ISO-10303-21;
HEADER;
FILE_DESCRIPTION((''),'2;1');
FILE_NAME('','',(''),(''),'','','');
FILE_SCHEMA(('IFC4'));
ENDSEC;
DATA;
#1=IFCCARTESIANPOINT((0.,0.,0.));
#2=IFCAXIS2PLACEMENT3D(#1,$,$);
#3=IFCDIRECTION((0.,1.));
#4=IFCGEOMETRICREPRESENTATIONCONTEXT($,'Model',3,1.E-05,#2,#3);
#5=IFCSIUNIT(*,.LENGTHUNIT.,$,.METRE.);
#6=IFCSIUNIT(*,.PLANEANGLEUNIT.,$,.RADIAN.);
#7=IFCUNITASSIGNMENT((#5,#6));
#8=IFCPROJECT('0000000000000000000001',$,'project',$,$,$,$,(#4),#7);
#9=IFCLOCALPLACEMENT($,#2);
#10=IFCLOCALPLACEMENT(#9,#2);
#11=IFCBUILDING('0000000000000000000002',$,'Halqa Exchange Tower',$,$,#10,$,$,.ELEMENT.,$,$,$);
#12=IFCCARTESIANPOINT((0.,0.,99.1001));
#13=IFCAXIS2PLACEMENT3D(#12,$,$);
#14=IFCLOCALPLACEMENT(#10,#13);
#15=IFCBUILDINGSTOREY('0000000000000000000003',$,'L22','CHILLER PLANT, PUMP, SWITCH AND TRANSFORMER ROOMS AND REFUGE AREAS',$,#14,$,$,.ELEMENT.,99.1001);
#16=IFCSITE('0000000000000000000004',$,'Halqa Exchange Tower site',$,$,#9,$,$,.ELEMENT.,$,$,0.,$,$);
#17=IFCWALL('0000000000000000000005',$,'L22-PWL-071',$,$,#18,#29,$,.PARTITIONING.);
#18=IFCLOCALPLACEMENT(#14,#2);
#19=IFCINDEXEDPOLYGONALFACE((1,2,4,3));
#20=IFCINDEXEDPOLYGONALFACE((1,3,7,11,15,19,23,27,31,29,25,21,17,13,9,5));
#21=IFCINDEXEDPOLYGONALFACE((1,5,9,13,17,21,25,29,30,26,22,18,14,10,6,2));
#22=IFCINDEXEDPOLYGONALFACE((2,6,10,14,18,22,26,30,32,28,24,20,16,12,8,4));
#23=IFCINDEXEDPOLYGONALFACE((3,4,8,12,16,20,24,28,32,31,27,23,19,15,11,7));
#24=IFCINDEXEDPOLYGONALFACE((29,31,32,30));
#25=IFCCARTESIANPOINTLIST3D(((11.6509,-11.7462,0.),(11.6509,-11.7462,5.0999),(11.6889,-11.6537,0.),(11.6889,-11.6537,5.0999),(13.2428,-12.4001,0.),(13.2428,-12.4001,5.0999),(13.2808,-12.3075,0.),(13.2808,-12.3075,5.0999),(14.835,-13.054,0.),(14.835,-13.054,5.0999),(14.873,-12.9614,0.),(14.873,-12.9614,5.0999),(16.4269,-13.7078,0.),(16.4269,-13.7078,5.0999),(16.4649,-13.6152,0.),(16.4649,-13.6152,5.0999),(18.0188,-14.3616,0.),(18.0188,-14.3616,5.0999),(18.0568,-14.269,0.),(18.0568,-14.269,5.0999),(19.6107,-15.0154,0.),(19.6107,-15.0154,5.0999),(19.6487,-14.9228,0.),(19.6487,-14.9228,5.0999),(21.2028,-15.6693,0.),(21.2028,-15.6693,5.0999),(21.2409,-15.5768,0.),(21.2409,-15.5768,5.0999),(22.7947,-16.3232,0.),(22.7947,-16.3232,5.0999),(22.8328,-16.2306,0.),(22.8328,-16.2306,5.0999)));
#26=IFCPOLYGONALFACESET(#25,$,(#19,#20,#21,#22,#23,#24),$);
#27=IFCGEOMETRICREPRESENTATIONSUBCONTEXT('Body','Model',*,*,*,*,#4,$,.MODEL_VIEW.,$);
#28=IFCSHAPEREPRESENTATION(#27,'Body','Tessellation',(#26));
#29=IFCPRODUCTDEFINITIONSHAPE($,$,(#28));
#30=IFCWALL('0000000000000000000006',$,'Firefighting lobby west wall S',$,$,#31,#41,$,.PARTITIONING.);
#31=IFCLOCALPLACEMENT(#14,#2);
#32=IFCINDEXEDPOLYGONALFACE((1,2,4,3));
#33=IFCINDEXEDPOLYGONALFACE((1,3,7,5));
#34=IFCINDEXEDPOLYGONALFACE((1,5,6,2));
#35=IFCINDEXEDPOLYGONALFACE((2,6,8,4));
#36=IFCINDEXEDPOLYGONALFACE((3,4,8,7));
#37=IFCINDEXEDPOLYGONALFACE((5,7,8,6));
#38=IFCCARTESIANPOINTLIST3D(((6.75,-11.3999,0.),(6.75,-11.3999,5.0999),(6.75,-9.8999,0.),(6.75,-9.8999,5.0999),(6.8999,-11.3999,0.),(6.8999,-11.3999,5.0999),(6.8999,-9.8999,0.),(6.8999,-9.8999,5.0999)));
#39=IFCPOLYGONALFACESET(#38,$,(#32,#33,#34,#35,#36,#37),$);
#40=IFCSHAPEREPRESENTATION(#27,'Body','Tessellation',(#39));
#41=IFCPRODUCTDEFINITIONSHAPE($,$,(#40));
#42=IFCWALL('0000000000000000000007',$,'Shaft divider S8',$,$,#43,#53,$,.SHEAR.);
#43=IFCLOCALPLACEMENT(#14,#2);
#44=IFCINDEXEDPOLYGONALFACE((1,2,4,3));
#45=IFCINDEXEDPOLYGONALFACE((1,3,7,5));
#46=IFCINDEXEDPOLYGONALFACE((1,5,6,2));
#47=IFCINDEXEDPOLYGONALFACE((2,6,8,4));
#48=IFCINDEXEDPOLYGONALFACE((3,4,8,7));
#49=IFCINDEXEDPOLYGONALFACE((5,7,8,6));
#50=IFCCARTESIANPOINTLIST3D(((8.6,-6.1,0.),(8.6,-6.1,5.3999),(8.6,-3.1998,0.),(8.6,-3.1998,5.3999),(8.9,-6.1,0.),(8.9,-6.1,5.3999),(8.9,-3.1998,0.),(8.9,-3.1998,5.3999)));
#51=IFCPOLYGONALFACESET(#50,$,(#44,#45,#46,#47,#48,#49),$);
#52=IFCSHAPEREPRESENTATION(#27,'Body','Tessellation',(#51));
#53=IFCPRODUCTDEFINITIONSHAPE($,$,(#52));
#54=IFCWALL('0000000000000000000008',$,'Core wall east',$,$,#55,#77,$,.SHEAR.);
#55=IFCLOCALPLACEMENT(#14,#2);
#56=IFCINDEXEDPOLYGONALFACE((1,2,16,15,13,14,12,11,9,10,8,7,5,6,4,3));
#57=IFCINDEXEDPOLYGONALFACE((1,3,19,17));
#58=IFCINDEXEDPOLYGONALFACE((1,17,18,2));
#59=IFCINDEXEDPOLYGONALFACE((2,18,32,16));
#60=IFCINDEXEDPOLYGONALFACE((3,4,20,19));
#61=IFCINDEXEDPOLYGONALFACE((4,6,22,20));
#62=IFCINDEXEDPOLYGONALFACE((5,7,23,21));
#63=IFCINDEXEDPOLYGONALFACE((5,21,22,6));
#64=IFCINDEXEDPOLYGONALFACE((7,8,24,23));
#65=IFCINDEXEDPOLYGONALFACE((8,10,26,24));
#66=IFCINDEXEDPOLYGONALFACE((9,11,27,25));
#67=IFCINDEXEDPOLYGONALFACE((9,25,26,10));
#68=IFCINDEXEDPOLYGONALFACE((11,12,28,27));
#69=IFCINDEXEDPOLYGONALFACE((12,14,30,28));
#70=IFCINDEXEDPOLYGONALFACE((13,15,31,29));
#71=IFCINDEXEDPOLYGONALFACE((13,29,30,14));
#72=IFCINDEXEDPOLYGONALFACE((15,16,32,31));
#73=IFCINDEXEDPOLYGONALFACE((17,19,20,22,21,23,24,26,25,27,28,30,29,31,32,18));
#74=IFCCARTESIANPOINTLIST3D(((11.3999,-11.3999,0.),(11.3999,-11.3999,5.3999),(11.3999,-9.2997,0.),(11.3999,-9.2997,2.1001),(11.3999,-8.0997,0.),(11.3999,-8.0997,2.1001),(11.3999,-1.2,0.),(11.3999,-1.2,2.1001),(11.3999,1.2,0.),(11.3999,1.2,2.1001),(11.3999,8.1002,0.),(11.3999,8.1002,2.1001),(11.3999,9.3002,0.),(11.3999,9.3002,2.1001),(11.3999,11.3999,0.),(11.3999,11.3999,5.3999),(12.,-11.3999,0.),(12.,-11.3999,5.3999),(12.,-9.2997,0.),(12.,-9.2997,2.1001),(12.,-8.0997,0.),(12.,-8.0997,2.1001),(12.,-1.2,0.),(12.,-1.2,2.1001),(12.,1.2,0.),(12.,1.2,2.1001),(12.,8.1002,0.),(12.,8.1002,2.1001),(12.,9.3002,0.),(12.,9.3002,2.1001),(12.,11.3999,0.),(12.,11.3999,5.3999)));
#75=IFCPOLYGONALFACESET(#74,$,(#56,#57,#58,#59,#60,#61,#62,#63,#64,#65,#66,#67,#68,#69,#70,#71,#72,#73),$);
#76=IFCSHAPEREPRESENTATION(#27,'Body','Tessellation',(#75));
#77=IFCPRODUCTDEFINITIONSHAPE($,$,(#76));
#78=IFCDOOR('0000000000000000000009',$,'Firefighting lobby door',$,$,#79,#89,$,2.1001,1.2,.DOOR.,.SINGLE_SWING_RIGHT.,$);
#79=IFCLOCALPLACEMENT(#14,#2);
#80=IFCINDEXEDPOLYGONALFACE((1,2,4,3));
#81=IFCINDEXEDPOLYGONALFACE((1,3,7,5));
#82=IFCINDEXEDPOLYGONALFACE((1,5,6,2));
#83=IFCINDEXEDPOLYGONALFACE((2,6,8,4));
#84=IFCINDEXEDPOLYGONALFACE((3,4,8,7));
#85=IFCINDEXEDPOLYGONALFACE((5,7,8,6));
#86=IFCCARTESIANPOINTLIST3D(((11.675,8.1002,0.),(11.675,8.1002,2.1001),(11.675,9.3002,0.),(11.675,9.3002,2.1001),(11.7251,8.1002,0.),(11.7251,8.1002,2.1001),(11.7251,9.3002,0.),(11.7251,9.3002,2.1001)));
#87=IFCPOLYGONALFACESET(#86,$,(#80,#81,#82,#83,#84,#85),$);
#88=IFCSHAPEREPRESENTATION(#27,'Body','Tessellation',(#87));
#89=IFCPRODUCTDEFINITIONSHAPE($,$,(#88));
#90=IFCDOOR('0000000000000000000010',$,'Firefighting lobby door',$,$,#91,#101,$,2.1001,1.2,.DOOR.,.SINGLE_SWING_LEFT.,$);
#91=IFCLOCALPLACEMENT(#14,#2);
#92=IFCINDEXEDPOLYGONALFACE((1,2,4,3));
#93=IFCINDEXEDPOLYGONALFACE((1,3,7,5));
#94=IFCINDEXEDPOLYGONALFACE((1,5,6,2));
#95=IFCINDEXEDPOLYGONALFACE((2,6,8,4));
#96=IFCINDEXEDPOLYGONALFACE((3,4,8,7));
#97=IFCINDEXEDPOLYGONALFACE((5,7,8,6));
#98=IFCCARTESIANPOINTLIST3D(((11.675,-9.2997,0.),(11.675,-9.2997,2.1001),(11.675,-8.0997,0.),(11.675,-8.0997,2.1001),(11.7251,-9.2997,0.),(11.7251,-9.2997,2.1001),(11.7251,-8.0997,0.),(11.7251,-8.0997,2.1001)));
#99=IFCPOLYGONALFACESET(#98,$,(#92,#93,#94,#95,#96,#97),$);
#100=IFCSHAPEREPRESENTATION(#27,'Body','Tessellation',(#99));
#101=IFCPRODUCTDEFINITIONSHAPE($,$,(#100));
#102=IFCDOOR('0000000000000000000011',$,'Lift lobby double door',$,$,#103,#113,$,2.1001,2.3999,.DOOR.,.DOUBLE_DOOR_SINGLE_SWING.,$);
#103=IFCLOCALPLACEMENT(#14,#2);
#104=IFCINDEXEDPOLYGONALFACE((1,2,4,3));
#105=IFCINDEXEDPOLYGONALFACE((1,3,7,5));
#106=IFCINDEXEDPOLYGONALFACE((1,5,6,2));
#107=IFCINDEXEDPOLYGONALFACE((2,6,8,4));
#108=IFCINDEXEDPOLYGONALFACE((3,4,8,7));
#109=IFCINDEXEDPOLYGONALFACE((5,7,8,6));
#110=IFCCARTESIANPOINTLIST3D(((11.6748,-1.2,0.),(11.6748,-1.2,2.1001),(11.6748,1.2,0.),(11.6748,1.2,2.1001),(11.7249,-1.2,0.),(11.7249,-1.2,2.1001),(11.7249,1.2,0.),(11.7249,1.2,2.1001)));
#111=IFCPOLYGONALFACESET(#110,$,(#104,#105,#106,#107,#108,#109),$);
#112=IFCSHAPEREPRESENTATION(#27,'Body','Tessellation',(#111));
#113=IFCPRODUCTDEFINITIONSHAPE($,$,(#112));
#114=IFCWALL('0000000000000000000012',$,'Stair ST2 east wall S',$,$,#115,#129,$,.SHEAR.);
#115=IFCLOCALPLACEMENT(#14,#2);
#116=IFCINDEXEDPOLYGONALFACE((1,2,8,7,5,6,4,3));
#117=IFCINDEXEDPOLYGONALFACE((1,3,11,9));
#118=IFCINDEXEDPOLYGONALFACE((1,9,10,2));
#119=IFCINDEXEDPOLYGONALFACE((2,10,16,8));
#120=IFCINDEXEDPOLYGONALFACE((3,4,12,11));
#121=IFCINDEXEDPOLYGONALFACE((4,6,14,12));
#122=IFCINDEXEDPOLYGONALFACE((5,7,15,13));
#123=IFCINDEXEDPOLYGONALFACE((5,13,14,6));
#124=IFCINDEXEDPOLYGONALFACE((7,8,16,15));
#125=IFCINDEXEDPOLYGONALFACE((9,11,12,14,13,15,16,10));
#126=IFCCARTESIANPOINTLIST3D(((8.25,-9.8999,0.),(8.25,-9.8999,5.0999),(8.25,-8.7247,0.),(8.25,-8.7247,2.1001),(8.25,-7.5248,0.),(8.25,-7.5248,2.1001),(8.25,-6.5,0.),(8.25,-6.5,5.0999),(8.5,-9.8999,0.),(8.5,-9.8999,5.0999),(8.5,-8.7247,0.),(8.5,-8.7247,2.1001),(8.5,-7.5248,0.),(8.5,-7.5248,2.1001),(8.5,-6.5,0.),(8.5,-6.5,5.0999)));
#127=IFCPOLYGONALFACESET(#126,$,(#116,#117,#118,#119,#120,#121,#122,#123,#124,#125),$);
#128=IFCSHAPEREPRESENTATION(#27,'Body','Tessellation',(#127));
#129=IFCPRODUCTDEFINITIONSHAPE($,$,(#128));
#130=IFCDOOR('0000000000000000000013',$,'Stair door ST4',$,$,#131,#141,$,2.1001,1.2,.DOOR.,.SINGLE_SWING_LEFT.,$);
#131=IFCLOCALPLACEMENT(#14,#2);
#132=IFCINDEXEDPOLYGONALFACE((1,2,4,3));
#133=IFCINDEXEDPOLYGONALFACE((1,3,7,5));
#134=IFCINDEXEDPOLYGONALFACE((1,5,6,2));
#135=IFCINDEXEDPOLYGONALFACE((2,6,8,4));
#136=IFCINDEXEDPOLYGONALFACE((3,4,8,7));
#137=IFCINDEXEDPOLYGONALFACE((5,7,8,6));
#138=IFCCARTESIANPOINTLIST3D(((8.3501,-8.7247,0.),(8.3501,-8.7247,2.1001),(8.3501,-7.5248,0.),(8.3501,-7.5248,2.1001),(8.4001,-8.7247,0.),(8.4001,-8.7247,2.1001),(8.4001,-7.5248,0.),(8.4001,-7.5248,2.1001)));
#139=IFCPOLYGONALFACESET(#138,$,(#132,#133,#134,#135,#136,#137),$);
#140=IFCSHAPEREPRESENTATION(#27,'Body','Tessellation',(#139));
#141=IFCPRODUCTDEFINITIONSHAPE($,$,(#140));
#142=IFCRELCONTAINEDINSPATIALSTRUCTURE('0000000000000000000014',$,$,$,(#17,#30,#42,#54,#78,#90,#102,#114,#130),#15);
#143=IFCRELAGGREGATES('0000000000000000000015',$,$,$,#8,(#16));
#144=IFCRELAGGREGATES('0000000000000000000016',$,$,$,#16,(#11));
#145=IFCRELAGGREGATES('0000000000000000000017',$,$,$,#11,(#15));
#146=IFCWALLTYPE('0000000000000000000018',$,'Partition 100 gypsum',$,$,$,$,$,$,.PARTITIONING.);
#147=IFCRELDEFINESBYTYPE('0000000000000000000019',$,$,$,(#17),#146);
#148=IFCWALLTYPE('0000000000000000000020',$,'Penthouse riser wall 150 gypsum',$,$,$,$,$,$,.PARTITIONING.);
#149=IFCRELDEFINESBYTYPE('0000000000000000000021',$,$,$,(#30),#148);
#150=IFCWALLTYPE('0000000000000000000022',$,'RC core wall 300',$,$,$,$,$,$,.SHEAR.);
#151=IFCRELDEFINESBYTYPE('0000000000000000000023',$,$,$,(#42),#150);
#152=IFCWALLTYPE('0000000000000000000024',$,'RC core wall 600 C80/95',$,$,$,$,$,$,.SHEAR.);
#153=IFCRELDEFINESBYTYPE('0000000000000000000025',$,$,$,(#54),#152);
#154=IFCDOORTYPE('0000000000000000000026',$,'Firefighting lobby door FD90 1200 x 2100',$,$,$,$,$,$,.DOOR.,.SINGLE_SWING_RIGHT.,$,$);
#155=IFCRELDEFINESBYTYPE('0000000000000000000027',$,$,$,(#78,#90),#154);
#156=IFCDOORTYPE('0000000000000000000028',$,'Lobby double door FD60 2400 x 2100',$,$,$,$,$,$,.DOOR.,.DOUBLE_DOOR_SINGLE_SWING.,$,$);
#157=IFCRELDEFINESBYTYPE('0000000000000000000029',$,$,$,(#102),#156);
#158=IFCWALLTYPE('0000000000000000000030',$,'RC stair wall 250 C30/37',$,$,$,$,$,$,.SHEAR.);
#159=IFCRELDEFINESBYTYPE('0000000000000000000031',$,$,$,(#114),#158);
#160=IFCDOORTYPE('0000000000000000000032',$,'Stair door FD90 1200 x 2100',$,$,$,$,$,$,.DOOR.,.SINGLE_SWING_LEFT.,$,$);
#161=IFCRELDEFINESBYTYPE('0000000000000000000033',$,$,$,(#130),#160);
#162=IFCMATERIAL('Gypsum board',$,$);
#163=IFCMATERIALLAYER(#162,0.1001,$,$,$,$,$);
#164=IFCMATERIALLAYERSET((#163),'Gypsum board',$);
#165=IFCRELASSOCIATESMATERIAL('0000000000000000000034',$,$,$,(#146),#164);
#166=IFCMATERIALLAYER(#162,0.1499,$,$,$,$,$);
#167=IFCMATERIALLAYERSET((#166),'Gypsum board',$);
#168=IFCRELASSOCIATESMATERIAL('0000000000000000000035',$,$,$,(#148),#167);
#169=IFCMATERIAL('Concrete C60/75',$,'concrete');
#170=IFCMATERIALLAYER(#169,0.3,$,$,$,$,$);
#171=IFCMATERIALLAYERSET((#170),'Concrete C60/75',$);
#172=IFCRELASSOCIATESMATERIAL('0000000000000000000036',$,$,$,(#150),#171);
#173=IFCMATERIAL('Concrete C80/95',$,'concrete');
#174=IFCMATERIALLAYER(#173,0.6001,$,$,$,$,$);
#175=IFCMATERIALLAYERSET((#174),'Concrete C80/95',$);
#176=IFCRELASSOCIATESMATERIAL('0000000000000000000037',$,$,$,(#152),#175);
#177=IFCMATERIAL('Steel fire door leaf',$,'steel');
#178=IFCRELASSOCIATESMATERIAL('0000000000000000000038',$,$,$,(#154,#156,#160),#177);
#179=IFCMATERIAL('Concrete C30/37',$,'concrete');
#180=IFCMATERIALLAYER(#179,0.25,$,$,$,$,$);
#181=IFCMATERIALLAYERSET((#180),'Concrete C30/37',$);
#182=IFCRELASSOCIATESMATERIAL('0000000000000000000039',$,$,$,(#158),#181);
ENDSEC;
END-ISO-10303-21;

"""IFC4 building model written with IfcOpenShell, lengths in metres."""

from ifc_helpers import new_model, si_unit, direction, frame, frame_2d, origin, place, context, subcontext, project, spatial, polyline, rectangle, outline, extrude, material, layer, layer_set, type_object, element, fill, save


model = new_model("IFC4")

# Units and contexts
model_context = context("Model", 3, precision=1e-05, world=origin(), true_north=direction((0.0, 1.0)))
body_context = subcontext(model_context, "Body", "Model", "MODEL_VIEW")
ifc_project = project(units=[si_unit("LENGTHUNIT", "METRE"), si_unit("PLANEANGLEUNIT", "RADIAN")], contexts=[model_context])

# Site, building, storey
site_placement = place(None, origin())
site = spatial("IfcSite", under=ifc_project, at=site_placement, Name="Halqa Exchange Tower site", CompositionType="ELEMENT", RefElevation=0.0)
building_placement = place(site_placement, origin())
building = spatial("IfcBuilding", under=site, at=building_placement, Name="Halqa Exchange Tower", CompositionType="ELEMENT")
storey_placement = place(building_placement, frame((0.0, 0.0, 99.1001)))
storey = spatial("IfcBuildingStorey", under=building, at=storey_placement, Name="L22", Description="CHILLER PLANT, PUMP, SWITCH AND TRANSFORMER ROOMS AND REFUGE AREAS", CompositionType="ELEMENT", Elevation=99.1001)

# Shared definitions
ifc_material_1 = material(Name="Steel fire door leaf", Category="steel")

# Walls
ifc_material_2 = material(Name="Gypsum board")
ifc_layer_1 = layer(ifc_material_2, 0.1001)
ifc_layer_set_1 = layer_set([ifc_layer_1], Name="Gypsum board")
wall_type_1 = type_object("IfcWallType", Name="Partition 100 gypsum", PredefinedType="PARTITIONING", material=ifc_layer_set_1)
wall_1_placement = place(storey_placement, frame((11.6699, -11.7, 0.0), z_axis=(0.0, 0.0, 1.0), x_axis=(0.92502, -0.379918, 0.0)))
element("IfcWall", 1, at=wall_1_placement, inside=storey, type_object=wall_type_1, Name="L22-PWL-071", PredefinedType="PARTITIONING", context=body_context, shape_type="SweptSolid", body=[
    extrude(outline(polyline([(0.0, 0.05), (0.0, -0.05), (1.7209, -0.05), (3.4421, -0.05), (5.1631, -0.05), (6.884, -0.05), (8.605, -0.05), (10.3262, -0.05), (12.0471, -0.05), (12.0471, 0.05), (10.3262, 0.05), (8.605, 0.05), (6.884, 0.05), (5.1631, 0.05), (3.4421, 0.05), (1.7209, 0.05), (0.0, 0.05)])), origin(), (0.0, 0.0, 1.0), 5.0999),
])
ifc_layer_2 = layer(ifc_material_2, 0.1499)
ifc_layer_set_2 = layer_set([ifc_layer_2], Name="Gypsum board")
wall_type_2 = type_object("IfcWallType", Name="Penthouse riser wall 150 gypsum", PredefinedType="PARTITIONING", material=ifc_layer_set_2)
wall_2_placement = place(storey_placement, frame((6.825, -11.3999, 0.0), z_axis=(0.0, 0.0, 1.0), x_axis=(0.0, 1.0, 0.0)))
element("IfcWall", 2, at=wall_2_placement, inside=storey, type_object=wall_type_2, Name="Firefighting lobby west wall S", PredefinedType="PARTITIONING", context=body_context, shape_type="SweptSolid", body=[
    extrude(rectangle(XDim=1.5, YDim=0.1499, at=frame_2d((0.75, 0.0))), origin(), (0.0, 0.0, 1.0), 5.0999),
])
ifc_material_3 = material(Name="Concrete C60/75", Category="concrete")
ifc_layer_3 = layer(ifc_material_3, 0.3)
ifc_layer_set_3 = layer_set([ifc_layer_3], Name="Concrete C60/75")
wall_type_3 = type_object("IfcWallType", Name="RC core wall 300", PredefinedType="SHEAR", material=ifc_layer_set_3)
wall_3_placement = place(storey_placement, frame((8.75, -6.1001, 0.0), z_axis=(0.0, 0.0, 1.0), x_axis=(0.0, 1.0, 0.0)))
element("IfcWall", 3, at=wall_3_placement, inside=storey, type_object=wall_type_3, Name="Shaft divider S8", PredefinedType="SHEAR", context=body_context, shape_type="SweptSolid", body=[
    extrude(rectangle(XDim=2.9001, YDim=0.3, at=frame_2d((1.4502, 0.0))), origin(), (0.0, 0.0, 1.0), 5.3999),
])

# Wall, openings, doors
ifc_material_4 = material(Name="Concrete C80/95", Category="concrete")
ifc_layer_4 = layer(ifc_material_4, 0.6001)
ifc_layer_set_4 = layer_set([ifc_layer_4], Name="Concrete C80/95")
wall_type_4 = type_object("IfcWallType", Name="RC core wall 600 C80/95", PredefinedType="SHEAR", material=ifc_layer_set_4)
wall_4_placement = place(storey_placement, frame((11.7, -11.3999, 0.0), z_axis=(0.0, 0.0, 1.0), x_axis=(0.0, 1.0, 0.0)))
wall_4 = element("IfcWall", 4, at=wall_4_placement, inside=storey, type_object=wall_type_4, Name="Core wall east", PredefinedType="SHEAR", context=body_context, shape_type="SweptSolid", body=[
    extrude(rectangle(XDim=22.7998, YDim=0.6001, at=frame_2d((11.3999, 0.0))), origin(), (0.0, 0.0, 1.0), 5.3999),
])
opening_1_placement = place(wall_4_placement, frame((10.2, 0.0, 0.0)))
opening_1 = element("IfcOpeningElement", 5, at=opening_1_placement, cuts=wall_4, PredefinedType="OPENING", context=body_context, shape_type="SweptSolid", body=[
    extrude(rectangle(XDim=2.3999, YDim=2.1001, at=frame_2d((1.2, 1.05))), frame((0.0, 0.312, 0.0), z_axis=(0.0, -1.0, 0.0), x_axis=(1.0, 0.0, 0.0)), (0.0, 0.0, 1.0), 0.624),
])
opening_2_placement = place(wall_4_placement, frame((19.5, 0.0, 0.0)))
opening_2 = element("IfcOpeningElement", 6, at=opening_2_placement, cuts=wall_4, PredefinedType="OPENING", context=body_context, shape_type="SweptSolid", body=[
    extrude(rectangle(XDim=1.2, YDim=2.1001, at=frame_2d((0.6001, 1.05))), frame((0.0, 0.312, 0.0), z_axis=(0.0, -1.0, 0.0), x_axis=(1.0, 0.0, 0.0)), (0.0, 0.0, 1.0), 0.624),
])
opening_3_placement = place(wall_4_placement, frame((2.1001, 0.0, 0.0)))
opening_3 = element("IfcOpeningElement", 7, at=opening_3_placement, cuts=wall_4, PredefinedType="OPENING", context=body_context, shape_type="SweptSolid", body=[
    extrude(rectangle(XDim=1.2, YDim=2.1001, at=frame_2d((0.6001, 1.05))), frame((0.0, 0.312, 0.0), z_axis=(0.0, -1.0, 0.0), x_axis=(1.0, 0.0, 0.0)), (0.0, 0.0, 1.0), 0.624),
])
door_type_1 = type_object("IfcDoorType", Name="Firefighting lobby door FD90 1200 x 2100", OperationType="SINGLE_SWING_RIGHT", PredefinedType="DOOR", material=ifc_material_1)
door_1_placement = place(opening_2_placement, origin())
door_1 = element("IfcDoor", 8, at=door_1_placement, inside=storey, type_object=door_type_1, Name="Firefighting lobby door", OperationType="SINGLE_SWING_RIGHT", OverallHeight=2.1001, OverallWidth=1.2, PredefinedType="DOOR", context=body_context, shape_type="SweptSolid", body=[
    extrude(rectangle(XDim=1.2, YDim=2.1001, at=frame_2d((0.6001, 1.05))), frame((0.0, 0.0249, 0.0), z_axis=(0.0, -1.0, 0.0), x_axis=(1.0, 0.0, 0.0)), (0.0, 0.0, 1.0), 0.05),
])
fill(opening_2, door_1)
door_2_placement = place(opening_3_placement, origin())
door_2 = element("IfcDoor", 9, at=door_2_placement, inside=storey, type_object=door_type_1, Name="Firefighting lobby door", OperationType="SINGLE_SWING_LEFT", OverallHeight=2.1001, OverallWidth=1.2, PredefinedType="DOOR", context=body_context, shape_type="SweptSolid", body=[
    extrude(rectangle(XDim=1.2, YDim=2.1001, at=frame_2d((0.6001, 1.05))), frame((0.0, 0.0249, 0.0), z_axis=(0.0, -1.0, 0.0), x_axis=(1.0, 0.0, 0.0)), (0.0, 0.0, 1.0), 0.05),
])
fill(opening_3, door_2)
door_type_2 = type_object("IfcDoorType", Name="Lobby double door FD60 2400 x 2100", OperationType="DOUBLE_DOOR_SINGLE_SWING", PredefinedType="DOOR", material=ifc_material_1)
door_3_placement = place(opening_1_placement, frame((2.3999, 0.0, 0.0), z_axis=(0.0, 0.0, 1.0), x_axis=(-1.0, 0.0, 0.0)))
door_3 = element("IfcDoor", 10, at=door_3_placement, inside=storey, type_object=door_type_2, Name="Lift lobby double door", OperationType="DOUBLE_DOOR_SINGLE_SWING", OverallHeight=2.1001, OverallWidth=2.3999, PredefinedType="DOOR", context=body_context, shape_type="SweptSolid", body=[
    extrude(rectangle(XDim=2.3999, YDim=2.1001, at=frame_2d((1.2, 1.05))), frame((0.0, 0.0249, 0.0), z_axis=(0.0, -1.0, 0.0), x_axis=(1.0, 0.0, 0.0)), (0.0, 0.0, 1.0), 0.05),
])
fill(opening_1, door_3)

# Wall, opening, door
ifc_material_5 = material(Name="Concrete C30/37", Category="concrete")
ifc_layer_5 = layer(ifc_material_5, 0.25)
ifc_layer_set_5 = layer_set([ifc_layer_5], Name="Concrete C30/37")
wall_type_5 = type_object("IfcWallType", Name="RC stair wall 250 C30/37", PredefinedType="SHEAR", material=ifc_layer_set_5)
wall_5_placement = place(storey_placement, frame((8.375, -9.8999, 0.0), z_axis=(0.0, 0.0, 1.0), x_axis=(0.0, 1.0, 0.0)))
wall_5 = element("IfcWall", 11, at=wall_5_placement, inside=storey, type_object=wall_type_5, Name="Stair ST2 east wall S", PredefinedType="SHEAR", context=body_context, shape_type="SweptSolid", body=[
    extrude(rectangle(XDim=3.3999, YDim=0.25, at=frame_2d((1.7, 0.0))), origin(), (0.0, 0.0, 1.0), 5.0999),
])
opening_4_placement = place(wall_5_placement, frame((1.175, 0.0, 0.0)))
opening_4 = element("IfcOpeningElement", 12, at=opening_4_placement, cuts=wall_5, PredefinedType="OPENING", context=body_context, shape_type="SweptSolid", body=[
    extrude(rectangle(XDim=1.2, YDim=2.1001, at=frame_2d((0.6001, 1.05))), frame((0.0, 0.137, 0.0), z_axis=(0.0, -1.0, 0.0), x_axis=(1.0, 0.0, 0.0)), (0.0, 0.0, 1.0), 0.2739),
])
door_type_3 = type_object("IfcDoorType", Name="Stair door FD90 1200 x 2100", OperationType="SINGLE_SWING_LEFT", PredefinedType="DOOR", material=ifc_material_1)
door_4_placement = place(opening_4_placement, origin())
door_4 = element("IfcDoor", 13, at=door_4_placement, inside=storey, type_object=door_type_3, Name="Stair door ST4", OperationType="SINGLE_SWING_LEFT", OverallHeight=2.1001, OverallWidth=1.2, PredefinedType="DOOR", context=body_context, shape_type="SweptSolid", body=[
    extrude(rectangle(XDim=1.2, YDim=2.1001, at=frame_2d((0.6001, 1.05))), frame((0.0, 0.0249, 0.0), z_axis=(0.0, -1.0, 0.0), x_axis=(1.0, 0.0, 0.0)), (0.0, 0.0, 1.0), 0.05),
])
fill(opening_4, door_4)

save(model, "model.ifc")
